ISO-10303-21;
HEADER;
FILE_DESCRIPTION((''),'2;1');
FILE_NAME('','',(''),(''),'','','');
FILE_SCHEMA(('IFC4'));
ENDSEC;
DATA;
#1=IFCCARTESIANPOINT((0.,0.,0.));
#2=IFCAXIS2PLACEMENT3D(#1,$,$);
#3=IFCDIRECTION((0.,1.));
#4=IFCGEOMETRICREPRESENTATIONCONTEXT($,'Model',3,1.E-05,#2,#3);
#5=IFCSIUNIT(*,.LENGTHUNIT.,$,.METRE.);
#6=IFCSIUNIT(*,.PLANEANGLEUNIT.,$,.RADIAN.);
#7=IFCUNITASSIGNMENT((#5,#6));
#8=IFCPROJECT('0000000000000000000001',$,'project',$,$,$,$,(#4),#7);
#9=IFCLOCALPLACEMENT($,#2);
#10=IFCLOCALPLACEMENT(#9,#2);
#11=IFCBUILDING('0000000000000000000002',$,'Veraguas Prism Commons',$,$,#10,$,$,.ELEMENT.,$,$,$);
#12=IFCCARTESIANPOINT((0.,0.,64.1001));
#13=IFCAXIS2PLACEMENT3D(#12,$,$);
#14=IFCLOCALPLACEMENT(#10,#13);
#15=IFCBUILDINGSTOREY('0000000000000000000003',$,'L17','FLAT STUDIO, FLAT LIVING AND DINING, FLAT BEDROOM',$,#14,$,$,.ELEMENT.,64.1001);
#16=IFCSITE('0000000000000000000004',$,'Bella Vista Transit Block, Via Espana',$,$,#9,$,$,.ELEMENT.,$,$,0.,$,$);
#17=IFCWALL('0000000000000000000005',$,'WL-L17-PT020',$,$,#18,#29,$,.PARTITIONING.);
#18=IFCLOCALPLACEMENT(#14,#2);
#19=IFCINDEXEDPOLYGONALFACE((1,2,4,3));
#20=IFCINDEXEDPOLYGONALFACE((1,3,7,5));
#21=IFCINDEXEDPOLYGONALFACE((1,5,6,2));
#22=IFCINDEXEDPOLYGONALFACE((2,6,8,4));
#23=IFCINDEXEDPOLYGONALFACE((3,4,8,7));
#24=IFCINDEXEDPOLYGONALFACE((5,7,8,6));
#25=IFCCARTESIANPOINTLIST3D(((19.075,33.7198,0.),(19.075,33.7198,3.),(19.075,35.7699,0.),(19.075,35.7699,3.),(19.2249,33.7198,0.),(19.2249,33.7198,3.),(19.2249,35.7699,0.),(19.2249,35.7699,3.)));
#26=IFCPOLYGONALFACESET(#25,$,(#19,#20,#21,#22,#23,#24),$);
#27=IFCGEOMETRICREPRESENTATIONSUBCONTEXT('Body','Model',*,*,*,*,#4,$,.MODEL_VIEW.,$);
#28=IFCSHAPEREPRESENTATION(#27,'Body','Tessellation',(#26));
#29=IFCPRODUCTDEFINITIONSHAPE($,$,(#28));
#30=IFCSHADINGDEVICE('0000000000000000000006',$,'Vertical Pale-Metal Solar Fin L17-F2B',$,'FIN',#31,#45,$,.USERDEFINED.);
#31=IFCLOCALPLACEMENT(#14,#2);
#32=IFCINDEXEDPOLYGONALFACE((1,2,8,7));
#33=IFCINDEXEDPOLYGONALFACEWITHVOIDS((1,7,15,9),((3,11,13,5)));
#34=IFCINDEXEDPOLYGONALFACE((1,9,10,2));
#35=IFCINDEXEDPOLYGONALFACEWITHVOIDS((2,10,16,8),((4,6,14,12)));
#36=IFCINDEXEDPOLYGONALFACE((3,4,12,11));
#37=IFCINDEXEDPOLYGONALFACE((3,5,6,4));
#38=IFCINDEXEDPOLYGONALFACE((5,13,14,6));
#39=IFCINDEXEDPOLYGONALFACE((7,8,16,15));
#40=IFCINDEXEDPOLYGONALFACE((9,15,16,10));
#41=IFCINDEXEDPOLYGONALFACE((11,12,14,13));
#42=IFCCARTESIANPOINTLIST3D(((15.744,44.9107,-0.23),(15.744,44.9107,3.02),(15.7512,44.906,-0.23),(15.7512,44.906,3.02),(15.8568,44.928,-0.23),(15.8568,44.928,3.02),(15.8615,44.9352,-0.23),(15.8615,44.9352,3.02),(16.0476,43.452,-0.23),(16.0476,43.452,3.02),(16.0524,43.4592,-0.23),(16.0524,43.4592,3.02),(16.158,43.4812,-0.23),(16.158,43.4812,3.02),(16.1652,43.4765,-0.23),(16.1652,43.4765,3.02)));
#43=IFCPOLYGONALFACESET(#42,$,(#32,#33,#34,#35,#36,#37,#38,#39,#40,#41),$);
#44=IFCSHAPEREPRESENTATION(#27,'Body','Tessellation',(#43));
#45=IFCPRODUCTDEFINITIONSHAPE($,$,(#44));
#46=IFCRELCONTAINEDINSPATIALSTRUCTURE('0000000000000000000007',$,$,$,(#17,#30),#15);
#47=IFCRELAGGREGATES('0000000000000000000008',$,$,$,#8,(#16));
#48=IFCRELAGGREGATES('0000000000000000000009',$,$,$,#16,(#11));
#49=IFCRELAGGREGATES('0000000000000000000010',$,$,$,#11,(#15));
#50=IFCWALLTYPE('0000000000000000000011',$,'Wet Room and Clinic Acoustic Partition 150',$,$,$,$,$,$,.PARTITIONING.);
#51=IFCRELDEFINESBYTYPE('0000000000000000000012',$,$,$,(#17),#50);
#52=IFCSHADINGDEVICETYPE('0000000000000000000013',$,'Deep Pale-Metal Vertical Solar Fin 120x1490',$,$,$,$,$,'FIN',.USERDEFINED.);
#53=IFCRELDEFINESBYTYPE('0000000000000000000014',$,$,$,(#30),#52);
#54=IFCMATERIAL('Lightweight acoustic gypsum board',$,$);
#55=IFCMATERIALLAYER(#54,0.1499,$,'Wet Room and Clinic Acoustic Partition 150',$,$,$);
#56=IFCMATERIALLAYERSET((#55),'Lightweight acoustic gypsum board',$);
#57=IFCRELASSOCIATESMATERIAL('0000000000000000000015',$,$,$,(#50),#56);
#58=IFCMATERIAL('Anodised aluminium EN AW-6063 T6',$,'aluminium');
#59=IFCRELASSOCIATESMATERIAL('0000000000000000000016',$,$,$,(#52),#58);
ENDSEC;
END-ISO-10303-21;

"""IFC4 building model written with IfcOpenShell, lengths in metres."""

from ifc_helpers import new_model, si_unit, direction, frame, frame_2d, origin, origin_2d, place, context, subcontext, project, spatial, rectangle, hollow_rectangle, extrude, material, layer, layer_set, material_profile, profile_set, type_object, element, save


model = new_model("IFC4")

# Units and contexts
model_context = context("Model", 3, precision=1e-05, world=origin(), true_north=direction((0.0, 1.0)))
body_context = subcontext(model_context, "Body", "Model", "MODEL_VIEW")
ifc_project = project(units=[si_unit("LENGTHUNIT", "METRE"), si_unit("PLANEANGLEUNIT", "RADIAN")], contexts=[model_context])

# Site, building, storey
site_placement = place(None, origin())
site = spatial("IfcSite", under=ifc_project, at=site_placement, Name="Bella Vista Transit Block, Via Espana", CompositionType="ELEMENT", RefElevation=0.0)
building_placement = place(site_placement, origin())
building = spatial("IfcBuilding", under=site, at=building_placement, Name="Veraguas Prism Commons", CompositionType="ELEMENT")
storey_placement = place(building_placement, frame((0.0, 0.0, 64.1001)))
storey = spatial("IfcBuildingStorey", under=building, at=storey_placement, Name="L17", Description="FLAT STUDIO, FLAT LIVING AND DINING, FLAT BEDROOM", CompositionType="ELEMENT", Elevation=64.1001)

# Shared definitions
ifc_material_1 = material(Name="Anodised aluminium EN AW-6063 T6", Category="aluminium")

# Shared definitions
ifc_material_2 = material(Name="Lightweight acoustic gypsum board")

# Wall
ifc_layer_1 = layer(ifc_material_2, 0.1499, Name="Wet Room and Clinic Acoustic Partition 150")
ifc_layer_set_1 = layer_set([ifc_layer_1], Name="Lightweight acoustic gypsum board")
wall_type_1 = type_object("IfcWallType", Name="Wet Room and Clinic Acoustic Partition 150", PredefinedType="PARTITIONING", material=ifc_layer_set_1)
wall_1_placement = place(storey_placement, frame((19.1499, 33.72, 0.0), z_axis=(0.0, 0.0, 1.0), x_axis=(0.0, 1.0, 0.0)))
element("IfcWall", 1, at=wall_1_placement, inside=storey, type_object=wall_type_1, Name="WL-L17-PT020", PredefinedType="PARTITIONING", context=body_context, shape_type="SweptSolid", body=[
    extrude(rectangle(XDim=2.05, YDim=0.1499, at=frame_2d((1.0249, 0.0))), origin(), (0.0, 0.0, 1.0), 3.0),
])

# Shading device
ifc_material_profile_1 = material_profile(ifc_material_1, hollow_rectangle(XDim=0.1201, YDim=1.49, WallThickness=0.0061, at=origin_2d()), Name="FIN120X1490X6")
ifc_profile_set_1 = profile_set([ifc_material_profile_1], Name="Anodised aluminium EN AW-6063 T6")
shading_device_type = type_object("IfcShadingDeviceType", Name="Deep Pale-Metal Vertical Solar Fin 120x1490", ElementType="FIN", PredefinedType="USERDEFINED", material=ifc_profile_set_1)
shading_device_placement = place(storey_placement, frame((15.9546, 44.1936, -0.23), z_axis=(0.0, 0.0, 1.0), x_axis=(-0.97901, -0.203814, 0.0)))
element("IfcShadingDevice", 2, at=shading_device_placement, inside=storey, type_object=shading_device_type, Name="Vertical Pale-Metal Solar Fin L17-F2B", ObjectType="FIN", PredefinedType="USERDEFINED", context=body_context, shape_type="SweptSolid", body=[
    extrude(hollow_rectangle(XDim=0.1201, YDim=1.49, WallThickness=0.0061, at=origin_2d()), origin(), (0.0, 0.0, 1.0), 3.25),
])

save(model, "model.ifc")
